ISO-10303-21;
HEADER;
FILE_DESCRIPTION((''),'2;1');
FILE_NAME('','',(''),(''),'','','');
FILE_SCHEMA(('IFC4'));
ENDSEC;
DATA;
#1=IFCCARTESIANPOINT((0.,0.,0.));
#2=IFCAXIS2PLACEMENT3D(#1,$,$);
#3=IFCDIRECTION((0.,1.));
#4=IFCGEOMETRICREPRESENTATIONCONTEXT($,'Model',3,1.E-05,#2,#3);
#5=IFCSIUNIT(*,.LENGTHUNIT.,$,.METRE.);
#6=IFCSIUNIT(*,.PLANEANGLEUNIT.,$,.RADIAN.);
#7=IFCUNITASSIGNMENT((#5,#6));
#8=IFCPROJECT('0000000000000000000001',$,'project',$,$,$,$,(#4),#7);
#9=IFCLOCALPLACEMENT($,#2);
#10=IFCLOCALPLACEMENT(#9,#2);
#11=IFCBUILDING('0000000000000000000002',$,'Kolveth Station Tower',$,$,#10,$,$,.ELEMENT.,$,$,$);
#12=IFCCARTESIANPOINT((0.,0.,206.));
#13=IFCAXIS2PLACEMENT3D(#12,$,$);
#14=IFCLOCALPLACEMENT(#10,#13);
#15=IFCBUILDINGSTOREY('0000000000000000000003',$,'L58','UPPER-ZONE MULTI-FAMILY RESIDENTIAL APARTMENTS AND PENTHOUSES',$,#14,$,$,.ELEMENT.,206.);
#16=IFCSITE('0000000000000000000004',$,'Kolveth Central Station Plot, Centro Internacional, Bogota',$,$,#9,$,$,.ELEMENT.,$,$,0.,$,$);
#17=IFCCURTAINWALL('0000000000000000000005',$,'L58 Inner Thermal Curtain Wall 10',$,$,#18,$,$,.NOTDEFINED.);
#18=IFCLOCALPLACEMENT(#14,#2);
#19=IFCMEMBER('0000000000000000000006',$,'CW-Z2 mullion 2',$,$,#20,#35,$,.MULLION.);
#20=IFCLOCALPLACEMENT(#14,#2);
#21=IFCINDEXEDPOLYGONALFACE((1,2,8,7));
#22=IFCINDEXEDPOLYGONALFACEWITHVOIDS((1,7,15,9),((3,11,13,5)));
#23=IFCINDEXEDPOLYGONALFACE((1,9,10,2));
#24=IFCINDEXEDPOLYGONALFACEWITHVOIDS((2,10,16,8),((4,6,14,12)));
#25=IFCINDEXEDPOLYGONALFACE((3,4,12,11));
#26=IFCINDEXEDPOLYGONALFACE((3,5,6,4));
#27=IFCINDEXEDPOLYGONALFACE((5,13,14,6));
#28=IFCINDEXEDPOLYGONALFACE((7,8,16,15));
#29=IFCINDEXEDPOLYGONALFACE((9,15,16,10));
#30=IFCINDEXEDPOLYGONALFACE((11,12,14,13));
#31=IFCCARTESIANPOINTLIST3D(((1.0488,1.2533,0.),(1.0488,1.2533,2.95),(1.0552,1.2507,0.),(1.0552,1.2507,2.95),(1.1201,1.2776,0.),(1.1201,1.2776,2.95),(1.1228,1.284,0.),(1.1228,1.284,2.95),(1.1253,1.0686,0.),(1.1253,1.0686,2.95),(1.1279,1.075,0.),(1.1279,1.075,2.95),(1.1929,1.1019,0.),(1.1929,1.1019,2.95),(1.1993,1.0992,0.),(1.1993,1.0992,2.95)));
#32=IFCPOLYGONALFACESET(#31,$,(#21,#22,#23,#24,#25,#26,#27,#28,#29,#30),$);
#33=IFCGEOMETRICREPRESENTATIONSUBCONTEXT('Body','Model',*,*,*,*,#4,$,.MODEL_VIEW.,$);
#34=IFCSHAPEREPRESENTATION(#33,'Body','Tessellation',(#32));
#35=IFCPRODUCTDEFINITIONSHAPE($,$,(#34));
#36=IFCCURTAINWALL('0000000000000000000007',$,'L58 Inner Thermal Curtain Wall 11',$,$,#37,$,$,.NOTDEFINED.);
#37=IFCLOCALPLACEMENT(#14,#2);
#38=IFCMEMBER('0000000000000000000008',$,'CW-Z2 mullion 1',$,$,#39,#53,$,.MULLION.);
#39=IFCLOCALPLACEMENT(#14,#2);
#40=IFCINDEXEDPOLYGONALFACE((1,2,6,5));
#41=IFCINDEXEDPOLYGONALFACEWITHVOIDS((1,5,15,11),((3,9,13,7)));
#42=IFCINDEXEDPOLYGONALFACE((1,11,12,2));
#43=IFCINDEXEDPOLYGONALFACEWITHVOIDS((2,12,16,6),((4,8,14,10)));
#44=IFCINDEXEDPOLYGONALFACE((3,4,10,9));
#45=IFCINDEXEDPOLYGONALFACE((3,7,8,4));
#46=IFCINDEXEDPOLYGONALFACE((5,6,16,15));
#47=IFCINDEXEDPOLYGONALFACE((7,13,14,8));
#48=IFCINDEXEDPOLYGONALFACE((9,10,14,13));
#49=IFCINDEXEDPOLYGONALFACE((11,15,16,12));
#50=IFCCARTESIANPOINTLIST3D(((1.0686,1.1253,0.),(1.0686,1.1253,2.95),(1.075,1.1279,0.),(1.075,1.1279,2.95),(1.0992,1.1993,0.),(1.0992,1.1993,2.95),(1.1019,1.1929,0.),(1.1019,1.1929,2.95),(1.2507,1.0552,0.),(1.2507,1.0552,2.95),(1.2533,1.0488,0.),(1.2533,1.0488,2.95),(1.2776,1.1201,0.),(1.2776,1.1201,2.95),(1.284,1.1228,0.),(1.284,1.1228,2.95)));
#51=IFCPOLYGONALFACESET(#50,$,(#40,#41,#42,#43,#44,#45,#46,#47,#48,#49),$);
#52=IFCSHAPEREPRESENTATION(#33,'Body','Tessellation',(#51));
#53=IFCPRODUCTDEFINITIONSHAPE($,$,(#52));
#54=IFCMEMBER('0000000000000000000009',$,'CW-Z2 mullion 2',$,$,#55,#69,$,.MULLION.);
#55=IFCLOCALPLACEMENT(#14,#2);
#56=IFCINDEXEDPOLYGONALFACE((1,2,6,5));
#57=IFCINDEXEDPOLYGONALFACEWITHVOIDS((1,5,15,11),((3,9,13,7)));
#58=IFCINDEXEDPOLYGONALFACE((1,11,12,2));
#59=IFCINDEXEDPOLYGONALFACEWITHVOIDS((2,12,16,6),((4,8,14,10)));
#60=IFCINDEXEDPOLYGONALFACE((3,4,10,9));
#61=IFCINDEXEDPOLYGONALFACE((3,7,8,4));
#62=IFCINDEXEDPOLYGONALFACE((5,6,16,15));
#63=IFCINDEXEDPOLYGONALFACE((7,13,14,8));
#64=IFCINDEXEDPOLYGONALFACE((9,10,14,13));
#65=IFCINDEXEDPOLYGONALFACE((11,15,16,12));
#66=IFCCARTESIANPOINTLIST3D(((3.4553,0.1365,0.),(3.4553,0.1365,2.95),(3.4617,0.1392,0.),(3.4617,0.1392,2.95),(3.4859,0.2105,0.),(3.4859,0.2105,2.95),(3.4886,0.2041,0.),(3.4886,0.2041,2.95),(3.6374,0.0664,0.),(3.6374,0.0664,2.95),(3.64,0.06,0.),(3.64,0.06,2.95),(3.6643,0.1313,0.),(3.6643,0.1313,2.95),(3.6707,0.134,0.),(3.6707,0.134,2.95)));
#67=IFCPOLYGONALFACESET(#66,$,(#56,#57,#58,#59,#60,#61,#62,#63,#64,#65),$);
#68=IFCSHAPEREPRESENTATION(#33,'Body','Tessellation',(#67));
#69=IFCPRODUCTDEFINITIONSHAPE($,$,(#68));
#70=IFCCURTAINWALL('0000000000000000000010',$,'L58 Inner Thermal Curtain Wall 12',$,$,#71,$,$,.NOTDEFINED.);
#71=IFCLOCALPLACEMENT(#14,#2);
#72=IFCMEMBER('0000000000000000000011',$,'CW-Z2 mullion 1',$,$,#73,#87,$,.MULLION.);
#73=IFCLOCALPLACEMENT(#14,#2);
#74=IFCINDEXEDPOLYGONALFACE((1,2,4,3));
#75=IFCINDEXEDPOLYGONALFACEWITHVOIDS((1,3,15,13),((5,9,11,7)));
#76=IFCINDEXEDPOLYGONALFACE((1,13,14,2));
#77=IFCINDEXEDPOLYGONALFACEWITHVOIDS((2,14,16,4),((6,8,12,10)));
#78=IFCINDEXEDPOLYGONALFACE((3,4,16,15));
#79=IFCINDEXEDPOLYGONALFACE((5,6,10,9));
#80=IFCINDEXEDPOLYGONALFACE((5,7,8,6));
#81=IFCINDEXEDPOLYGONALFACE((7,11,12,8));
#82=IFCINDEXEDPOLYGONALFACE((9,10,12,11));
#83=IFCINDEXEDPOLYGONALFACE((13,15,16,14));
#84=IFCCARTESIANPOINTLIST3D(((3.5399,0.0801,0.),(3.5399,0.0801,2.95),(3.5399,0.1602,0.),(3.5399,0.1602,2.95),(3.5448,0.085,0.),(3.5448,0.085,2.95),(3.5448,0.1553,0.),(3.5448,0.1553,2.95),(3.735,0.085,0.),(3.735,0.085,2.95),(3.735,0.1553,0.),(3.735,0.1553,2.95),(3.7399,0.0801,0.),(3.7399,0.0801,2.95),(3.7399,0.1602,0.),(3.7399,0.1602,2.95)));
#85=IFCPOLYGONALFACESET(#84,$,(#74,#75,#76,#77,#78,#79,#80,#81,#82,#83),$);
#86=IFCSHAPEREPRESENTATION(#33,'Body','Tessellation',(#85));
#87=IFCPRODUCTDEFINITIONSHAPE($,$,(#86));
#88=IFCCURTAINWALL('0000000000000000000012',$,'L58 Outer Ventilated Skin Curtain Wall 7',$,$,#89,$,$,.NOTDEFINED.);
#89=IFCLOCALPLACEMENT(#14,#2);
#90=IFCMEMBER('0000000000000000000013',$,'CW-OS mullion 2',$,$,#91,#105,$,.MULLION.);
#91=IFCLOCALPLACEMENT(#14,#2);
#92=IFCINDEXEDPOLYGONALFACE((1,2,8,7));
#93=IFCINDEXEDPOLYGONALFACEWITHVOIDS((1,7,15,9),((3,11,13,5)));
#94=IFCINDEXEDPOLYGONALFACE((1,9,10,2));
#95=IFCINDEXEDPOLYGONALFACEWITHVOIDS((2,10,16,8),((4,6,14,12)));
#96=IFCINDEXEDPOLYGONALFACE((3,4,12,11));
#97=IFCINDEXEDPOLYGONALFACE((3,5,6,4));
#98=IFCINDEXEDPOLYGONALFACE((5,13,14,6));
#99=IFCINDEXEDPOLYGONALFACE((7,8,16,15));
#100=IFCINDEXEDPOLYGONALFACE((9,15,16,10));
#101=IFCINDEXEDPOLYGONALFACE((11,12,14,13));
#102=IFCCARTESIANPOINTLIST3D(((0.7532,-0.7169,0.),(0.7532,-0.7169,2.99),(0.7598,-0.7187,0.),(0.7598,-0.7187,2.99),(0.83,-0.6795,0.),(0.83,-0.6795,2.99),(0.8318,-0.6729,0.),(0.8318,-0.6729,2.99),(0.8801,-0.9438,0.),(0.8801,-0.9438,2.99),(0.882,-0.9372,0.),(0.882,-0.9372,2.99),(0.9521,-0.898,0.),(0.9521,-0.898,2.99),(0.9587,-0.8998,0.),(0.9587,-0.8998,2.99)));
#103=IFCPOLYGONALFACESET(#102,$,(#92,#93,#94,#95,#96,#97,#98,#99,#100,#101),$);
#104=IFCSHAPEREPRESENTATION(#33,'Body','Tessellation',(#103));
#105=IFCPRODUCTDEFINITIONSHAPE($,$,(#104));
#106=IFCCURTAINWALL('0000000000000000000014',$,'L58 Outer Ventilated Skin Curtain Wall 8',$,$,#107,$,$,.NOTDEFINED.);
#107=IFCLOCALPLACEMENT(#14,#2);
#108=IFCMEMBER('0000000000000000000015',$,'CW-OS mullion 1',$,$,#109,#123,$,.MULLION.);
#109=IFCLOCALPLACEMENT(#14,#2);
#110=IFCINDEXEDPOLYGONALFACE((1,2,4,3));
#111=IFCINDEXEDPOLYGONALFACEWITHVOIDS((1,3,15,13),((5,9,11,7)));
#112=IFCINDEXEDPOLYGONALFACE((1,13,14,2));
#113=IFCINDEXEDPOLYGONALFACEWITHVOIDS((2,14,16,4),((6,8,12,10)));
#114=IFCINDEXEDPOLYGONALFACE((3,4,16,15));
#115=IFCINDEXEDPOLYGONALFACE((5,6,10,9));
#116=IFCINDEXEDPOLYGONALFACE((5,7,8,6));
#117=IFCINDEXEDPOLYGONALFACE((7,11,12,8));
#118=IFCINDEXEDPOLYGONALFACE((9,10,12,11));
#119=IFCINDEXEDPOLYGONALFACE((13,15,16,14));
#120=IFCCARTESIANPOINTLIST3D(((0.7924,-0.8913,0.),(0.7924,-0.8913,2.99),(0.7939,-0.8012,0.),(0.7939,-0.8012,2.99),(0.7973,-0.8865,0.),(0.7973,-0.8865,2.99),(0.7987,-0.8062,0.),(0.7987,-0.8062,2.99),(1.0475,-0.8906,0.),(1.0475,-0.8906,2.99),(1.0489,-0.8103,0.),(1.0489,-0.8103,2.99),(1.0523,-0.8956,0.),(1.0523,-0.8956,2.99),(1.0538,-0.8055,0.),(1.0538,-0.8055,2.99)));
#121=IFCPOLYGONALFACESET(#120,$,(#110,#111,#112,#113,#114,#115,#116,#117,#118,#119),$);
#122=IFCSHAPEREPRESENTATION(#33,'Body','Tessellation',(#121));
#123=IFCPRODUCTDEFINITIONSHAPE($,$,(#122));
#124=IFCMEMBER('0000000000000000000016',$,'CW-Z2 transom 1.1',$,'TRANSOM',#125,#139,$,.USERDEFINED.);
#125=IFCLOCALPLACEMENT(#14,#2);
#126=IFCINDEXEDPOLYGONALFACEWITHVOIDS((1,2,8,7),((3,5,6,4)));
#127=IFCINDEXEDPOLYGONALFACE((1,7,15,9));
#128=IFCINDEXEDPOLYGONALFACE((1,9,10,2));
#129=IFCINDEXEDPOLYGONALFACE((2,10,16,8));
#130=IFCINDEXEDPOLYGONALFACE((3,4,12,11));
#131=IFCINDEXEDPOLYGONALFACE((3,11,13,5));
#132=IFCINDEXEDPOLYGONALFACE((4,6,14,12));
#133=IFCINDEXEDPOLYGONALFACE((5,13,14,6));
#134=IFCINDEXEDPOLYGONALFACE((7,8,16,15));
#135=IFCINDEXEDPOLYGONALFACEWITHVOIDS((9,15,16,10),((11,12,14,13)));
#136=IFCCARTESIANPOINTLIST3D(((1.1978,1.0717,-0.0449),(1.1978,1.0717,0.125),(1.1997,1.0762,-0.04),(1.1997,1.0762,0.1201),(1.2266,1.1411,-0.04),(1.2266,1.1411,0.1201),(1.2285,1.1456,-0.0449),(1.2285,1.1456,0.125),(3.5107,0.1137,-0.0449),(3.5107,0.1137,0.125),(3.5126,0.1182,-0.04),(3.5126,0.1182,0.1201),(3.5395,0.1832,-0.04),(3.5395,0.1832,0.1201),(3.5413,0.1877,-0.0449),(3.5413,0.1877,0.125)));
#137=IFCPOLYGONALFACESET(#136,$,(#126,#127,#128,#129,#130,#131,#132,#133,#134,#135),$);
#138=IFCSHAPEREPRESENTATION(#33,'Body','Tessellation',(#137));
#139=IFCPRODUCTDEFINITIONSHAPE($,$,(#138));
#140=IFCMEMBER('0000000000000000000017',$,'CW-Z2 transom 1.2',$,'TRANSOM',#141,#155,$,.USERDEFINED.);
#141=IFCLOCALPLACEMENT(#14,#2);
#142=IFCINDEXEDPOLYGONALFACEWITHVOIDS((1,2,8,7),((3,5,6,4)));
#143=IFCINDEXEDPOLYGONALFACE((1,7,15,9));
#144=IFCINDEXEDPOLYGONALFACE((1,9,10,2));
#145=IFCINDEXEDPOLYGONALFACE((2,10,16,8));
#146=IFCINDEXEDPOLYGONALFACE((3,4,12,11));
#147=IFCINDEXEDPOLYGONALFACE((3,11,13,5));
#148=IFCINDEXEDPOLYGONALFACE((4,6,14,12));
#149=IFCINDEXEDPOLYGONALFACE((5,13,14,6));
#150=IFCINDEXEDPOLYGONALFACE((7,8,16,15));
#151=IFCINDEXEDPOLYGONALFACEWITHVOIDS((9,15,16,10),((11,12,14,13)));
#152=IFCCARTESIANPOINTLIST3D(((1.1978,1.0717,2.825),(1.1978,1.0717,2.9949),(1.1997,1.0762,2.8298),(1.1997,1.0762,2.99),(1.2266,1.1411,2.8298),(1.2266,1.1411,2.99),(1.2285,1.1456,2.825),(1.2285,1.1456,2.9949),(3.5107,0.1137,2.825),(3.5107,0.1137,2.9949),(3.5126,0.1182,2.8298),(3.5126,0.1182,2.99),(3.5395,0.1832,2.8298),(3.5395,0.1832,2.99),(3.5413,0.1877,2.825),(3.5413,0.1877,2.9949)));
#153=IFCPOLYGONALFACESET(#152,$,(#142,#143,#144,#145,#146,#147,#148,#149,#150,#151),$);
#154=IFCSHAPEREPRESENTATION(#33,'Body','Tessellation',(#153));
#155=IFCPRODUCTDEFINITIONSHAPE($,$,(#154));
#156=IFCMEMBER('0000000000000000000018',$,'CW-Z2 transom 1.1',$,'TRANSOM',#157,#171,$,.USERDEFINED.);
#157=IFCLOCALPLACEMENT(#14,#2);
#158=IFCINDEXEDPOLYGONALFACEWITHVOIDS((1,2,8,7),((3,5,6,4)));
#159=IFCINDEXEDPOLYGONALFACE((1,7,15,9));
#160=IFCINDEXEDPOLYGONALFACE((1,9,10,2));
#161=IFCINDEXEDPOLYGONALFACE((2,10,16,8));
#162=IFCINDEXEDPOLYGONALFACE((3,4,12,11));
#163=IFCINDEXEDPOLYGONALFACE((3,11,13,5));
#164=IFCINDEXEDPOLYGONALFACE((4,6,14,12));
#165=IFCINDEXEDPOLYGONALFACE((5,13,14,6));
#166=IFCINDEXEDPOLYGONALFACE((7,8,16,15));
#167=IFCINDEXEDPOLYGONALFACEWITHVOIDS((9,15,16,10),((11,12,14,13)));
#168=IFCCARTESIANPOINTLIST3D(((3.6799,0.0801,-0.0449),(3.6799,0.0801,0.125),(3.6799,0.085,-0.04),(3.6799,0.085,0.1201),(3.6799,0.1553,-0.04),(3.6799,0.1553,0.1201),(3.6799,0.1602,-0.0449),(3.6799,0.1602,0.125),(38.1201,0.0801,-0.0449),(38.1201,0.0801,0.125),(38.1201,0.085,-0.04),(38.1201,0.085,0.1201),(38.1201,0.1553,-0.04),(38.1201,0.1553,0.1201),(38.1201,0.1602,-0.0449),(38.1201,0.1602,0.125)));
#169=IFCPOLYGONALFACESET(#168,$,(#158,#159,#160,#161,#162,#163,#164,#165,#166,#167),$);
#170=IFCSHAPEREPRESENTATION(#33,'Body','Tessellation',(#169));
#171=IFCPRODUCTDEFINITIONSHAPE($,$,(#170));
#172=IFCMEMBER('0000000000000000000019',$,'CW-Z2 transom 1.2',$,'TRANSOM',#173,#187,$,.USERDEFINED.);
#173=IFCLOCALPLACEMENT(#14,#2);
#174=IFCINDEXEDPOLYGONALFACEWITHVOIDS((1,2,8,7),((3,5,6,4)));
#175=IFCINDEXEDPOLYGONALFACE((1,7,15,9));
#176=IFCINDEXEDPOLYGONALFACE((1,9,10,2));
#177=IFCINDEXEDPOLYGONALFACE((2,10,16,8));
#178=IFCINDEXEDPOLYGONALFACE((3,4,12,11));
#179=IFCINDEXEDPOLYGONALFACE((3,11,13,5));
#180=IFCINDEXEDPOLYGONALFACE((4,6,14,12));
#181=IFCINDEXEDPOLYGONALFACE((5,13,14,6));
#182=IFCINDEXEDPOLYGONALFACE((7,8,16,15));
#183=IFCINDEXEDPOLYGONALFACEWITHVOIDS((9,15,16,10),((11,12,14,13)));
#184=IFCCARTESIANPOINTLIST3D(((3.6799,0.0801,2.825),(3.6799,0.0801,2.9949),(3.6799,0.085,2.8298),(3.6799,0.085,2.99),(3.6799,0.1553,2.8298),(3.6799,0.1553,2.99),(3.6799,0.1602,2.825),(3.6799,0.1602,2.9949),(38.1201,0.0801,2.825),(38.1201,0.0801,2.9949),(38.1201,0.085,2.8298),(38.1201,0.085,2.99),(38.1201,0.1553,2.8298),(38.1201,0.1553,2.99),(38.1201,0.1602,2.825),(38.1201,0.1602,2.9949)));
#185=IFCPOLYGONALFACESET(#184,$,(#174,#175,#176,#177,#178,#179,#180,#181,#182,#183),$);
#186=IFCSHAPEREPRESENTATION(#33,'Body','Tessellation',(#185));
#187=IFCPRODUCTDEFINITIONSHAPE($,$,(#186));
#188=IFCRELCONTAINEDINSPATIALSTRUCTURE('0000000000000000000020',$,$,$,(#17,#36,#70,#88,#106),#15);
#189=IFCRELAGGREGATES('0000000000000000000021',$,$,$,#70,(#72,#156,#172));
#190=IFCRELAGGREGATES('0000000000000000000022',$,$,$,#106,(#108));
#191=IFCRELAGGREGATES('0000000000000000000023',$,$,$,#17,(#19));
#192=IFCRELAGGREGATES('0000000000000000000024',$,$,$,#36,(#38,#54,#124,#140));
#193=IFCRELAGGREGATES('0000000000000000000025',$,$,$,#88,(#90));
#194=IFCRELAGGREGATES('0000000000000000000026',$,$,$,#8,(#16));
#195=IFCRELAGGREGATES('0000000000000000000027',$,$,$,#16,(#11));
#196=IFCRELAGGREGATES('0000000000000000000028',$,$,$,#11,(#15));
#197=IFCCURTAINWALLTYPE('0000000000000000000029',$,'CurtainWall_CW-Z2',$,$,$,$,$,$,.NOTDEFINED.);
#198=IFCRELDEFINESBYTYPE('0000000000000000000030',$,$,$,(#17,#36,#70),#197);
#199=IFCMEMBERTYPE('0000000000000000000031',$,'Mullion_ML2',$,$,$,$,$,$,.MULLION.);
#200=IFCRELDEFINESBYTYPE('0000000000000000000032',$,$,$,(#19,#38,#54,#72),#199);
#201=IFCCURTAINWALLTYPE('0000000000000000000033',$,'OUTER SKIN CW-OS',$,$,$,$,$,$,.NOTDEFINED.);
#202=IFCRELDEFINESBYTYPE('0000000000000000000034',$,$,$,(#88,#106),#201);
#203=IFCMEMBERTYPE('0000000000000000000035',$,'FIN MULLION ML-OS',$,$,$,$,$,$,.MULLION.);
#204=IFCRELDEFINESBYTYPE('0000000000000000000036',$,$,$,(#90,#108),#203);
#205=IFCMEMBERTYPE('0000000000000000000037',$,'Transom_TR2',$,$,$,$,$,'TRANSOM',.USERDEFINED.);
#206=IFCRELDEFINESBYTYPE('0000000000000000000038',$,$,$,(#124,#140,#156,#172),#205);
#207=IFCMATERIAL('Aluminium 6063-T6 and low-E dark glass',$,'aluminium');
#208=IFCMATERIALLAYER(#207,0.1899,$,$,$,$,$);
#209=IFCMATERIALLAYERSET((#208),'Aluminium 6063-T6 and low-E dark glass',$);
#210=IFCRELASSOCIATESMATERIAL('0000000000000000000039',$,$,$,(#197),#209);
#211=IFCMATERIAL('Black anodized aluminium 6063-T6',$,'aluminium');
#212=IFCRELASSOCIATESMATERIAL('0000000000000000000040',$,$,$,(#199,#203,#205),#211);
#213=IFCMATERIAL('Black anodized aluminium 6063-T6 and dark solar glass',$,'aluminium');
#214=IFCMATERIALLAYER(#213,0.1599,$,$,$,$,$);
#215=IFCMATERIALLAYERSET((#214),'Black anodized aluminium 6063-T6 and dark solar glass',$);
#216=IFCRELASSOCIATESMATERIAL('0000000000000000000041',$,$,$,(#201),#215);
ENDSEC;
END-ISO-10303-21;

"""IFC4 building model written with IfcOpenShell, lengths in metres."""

from ifc_helpers import new_model, si_unit, direction, frame, origin, origin_2d, place, context, subcontext, project, spatial, hollow_rectangle, extrude, source, transform, mapped, material, layer, layer_set, material_profile, profile_set, type_object, element, aggregate, save


model = new_model("IFC4")

# Units and contexts
model_context = context("Model", 3, precision=1e-05, world=origin(), true_north=direction((0.0, 1.0)))
body_context = subcontext(model_context, "Body", "Model", "MODEL_VIEW")
ifc_project = project(units=[si_unit("LENGTHUNIT", "METRE"), si_unit("PLANEANGLEUNIT", "RADIAN")], contexts=[model_context])

# Site, building, storey
site_placement = place(None, origin())
site = spatial("IfcSite", under=ifc_project, at=site_placement, Name="Kolveth Central Station Plot, Centro Internacional, Bogota", CompositionType="ELEMENT", RefElevation=0.0)
building_placement = place(site_placement, origin())
building = spatial("IfcBuilding", under=site, at=building_placement, Name="Kolveth Station Tower", CompositionType="ELEMENT")
storey_placement = place(building_placement, frame((0.0, 0.0, 206.0)))
storey = spatial("IfcBuildingStorey", under=building, at=storey_placement, Name="L58", Description="UPPER-ZONE MULTI-FAMILY RESIDENTIAL APARTMENTS AND PENTHOUSES", CompositionType="ELEMENT", Elevation=206.0)

# Curtain wall, member
ifc_material_1 = material(Name="Aluminium 6063-T6 and low-E dark glass", Category="aluminium")
ifc_layer_1 = layer(ifc_material_1, 0.1899)
ifc_layer_set_1 = layer_set([ifc_layer_1], Name="Aluminium 6063-T6 and low-E dark glass")
curtain_wall_type_1 = type_object("IfcCurtainWallType", Name="CurtainWall_CW-Z2", PredefinedType="NOTDEFINED", material=ifc_layer_set_1)
curtain_wall_1_placement = place(storey_placement, origin())
curtain_wall_1 = element("IfcCurtainWall", 1, at=curtain_wall_1_placement, inside=storey, type_object=curtain_wall_type_1, Name="L58 Inner Thermal Curtain Wall 10", PredefinedType="NOTDEFINED")
ifc_material_2 = material(Name="Black anodized aluminium 6063-T6", Category="aluminium")
ifc_material_profile_1 = material_profile(ifc_material_2, hollow_rectangle(XDim=0.0801, YDim=0.2, WallThickness=0.0049, at=origin_2d()), Name="ALU-80x200x5")
ifc_profile_set_1 = profile_set([ifc_material_profile_1], Name="Black anodized aluminium 6063-T6")
member_type_1 = type_object("IfcMemberType", Name="Mullion_ML2", PredefinedType="MULLION", material=ifc_profile_set_1)
shared_shape_1 = source(origin(), body_context, "Body", "SweptSolid", [
    extrude(hollow_rectangle(XDim=0.0801, YDim=0.2, WallThickness=0.0049, at=origin_2d()), origin(), (0.0, 0.0, 1.0), 2.95),
])
member_1_placement = place(storey_placement, frame((1.124, 1.1763, 0.0), z_axis=(0.0, 0.0, 1.0), x_axis=(0.923874, 0.382698, 0.0)))
member_1 = element("IfcMember", 2, at=member_1_placement, type_object=member_type_1, Name="CW-Z2 mullion 2", PredefinedType="MULLION", context=body_context, shape_type="MappedRepresentation", body=[
    mapped(shared_shape_1, transform((0.0, 0.0, 0.0), x_axis=(1.0, 0.0, 0.0), y_axis=(0.0, 1.0, 0.0), z_axis=(0.0, 0.0, 1.0), scale=1.0)),
])

# Curtain wall, members
curtain_wall_2_placement = place(storey_placement, origin())
curtain_wall_2 = element("IfcCurtainWall", 3, at=curtain_wall_2_placement, inside=storey, type_object=curtain_wall_type_1, Name="L58 Inner Thermal Curtain Wall 11", PredefinedType="NOTDEFINED")
member_2_placement = place(storey_placement, frame((1.1763, 1.124, 0.0), z_axis=(0.0, 0.0, 1.0), x_axis=(0.382698, 0.923874, 0.0)))
member_2 = element("IfcMember", 4, at=member_2_placement, type_object=member_type_1, Name="CW-Z2 mullion 1", PredefinedType="MULLION", context=body_context, shape_type="MappedRepresentation", body=[
    mapped(shared_shape_1, transform((0.0, 0.0, 0.0), x_axis=(1.0, 0.0, 0.0), y_axis=(0.0, 1.0, 0.0), z_axis=(0.0, 0.0, 1.0), scale=1.0)),
])
member_3_placement = place(storey_placement, frame((3.563, 0.1353, 0.0), z_axis=(0.0, 0.0, 1.0), x_axis=(0.382698, 0.923874, 0.0)))
member_3 = element("IfcMember", 5, at=member_3_placement, type_object=member_type_1, Name="CW-Z2 mullion 2", PredefinedType="MULLION", context=body_context, shape_type="MappedRepresentation", body=[
    mapped(shared_shape_1, transform((0.0, 0.0, 0.0), x_axis=(1.0, 0.0, 0.0), y_axis=(0.0, 1.0, 0.0), z_axis=(0.0, 0.0, 1.0), scale=1.0)),
])

# Curtain walls, members
curtain_wall_3_placement = place(storey_placement, origin())
curtain_wall_3 = element("IfcCurtainWall", 6, at=curtain_wall_3_placement, inside=storey, type_object=curtain_wall_type_1, Name="L58 Inner Thermal Curtain Wall 12", PredefinedType="NOTDEFINED")
member_4_placement = place(storey_placement, frame((3.6399, 0.1201, 0.0), z_axis=(0.0, 0.0, 1.0), x_axis=(0.0, 1.0, 0.0)))
member_4 = element("IfcMember", 7, at=member_4_placement, type_object=member_type_1, Name="CW-Z2 mullion 1", PredefinedType="MULLION", context=body_context, shape_type="MappedRepresentation", body=[
    mapped(shared_shape_1, transform((0.0, 0.0, 0.0), x_axis=(1.0, 0.0, 0.0), y_axis=(0.0, 1.0, 0.0), z_axis=(0.0, 0.0, 1.0), scale=1.0)),
])
ifc_material_3 = material(Name="Black anodized aluminium 6063-T6 and dark solar glass", Category="aluminium")
ifc_layer_2 = layer(ifc_material_3, 0.1599)
ifc_layer_set_2 = layer_set([ifc_layer_2], Name="Black anodized aluminium 6063-T6 and dark solar glass")
curtain_wall_type_2 = type_object("IfcCurtainWallType", Name="OUTER SKIN CW-OS", PredefinedType="NOTDEFINED", material=ifc_layer_set_2)
curtain_wall_4_placement = place(storey_placement, origin())
curtain_wall_4 = element("IfcCurtainWall", 8, at=curtain_wall_4_placement, inside=storey, type_object=curtain_wall_type_2, Name="L58 Outer Ventilated Skin Curtain Wall 7", PredefinedType="NOTDEFINED")
ifc_material_profile_2 = material_profile(ifc_material_2, hollow_rectangle(XDim=0.0901, YDim=0.26, WallThickness=0.0049, at=origin_2d()), Name="ALU-90x260x5")
ifc_profile_set_2 = profile_set([ifc_material_profile_2], Name="Black anodized aluminium 6063-T6")
member_type_2 = type_object("IfcMemberType", Name="FIN MULLION ML-OS", PredefinedType="MULLION", material=ifc_profile_set_2)
shared_shape_2 = source(origin(), body_context, "Body", "SweptSolid", [
    extrude(hollow_rectangle(XDim=0.0901, YDim=0.26, WallThickness=0.0049, at=origin_2d()), origin(), (0.0, 0.0, 1.0), 2.99),
])
member_5_placement = place(storey_placement, frame((0.856, -0.8083, 0.0), z_axis=(0.0, 0.0, 1.0), x_axis=(0.872875, 0.487943, 0.0)))
member_5 = element("IfcMember", 9, at=member_5_placement, type_object=member_type_2, Name="CW-OS mullion 2", PredefinedType="MULLION", context=body_context, shape_type="MappedRepresentation", body=[
    mapped(shared_shape_2, transform((0.0, 0.0, 0.0), x_axis=(1.0, 0.0, 0.0), y_axis=(0.0, 1.0, 0.0), z_axis=(0.0, 0.0, 1.0), scale=1.0)),
])
curtain_wall_5_placement = place(storey_placement, origin())
curtain_wall_5 = element("IfcCurtainWall", 10, at=curtain_wall_5_placement, inside=storey, type_object=curtain_wall_type_2, Name="L58 Outer Ventilated Skin Curtain Wall 8", PredefinedType="NOTDEFINED")
member_6_placement = place(storey_placement, frame((0.9231, -0.8484, 0.0), z_axis=(0.0, 0.0, 1.0), x_axis=(0.016541, 0.999863, 0.0)))
member_6 = element("IfcMember", 11, at=member_6_placement, type_object=member_type_2, Name="CW-OS mullion 1", PredefinedType="MULLION", context=body_context, shape_type="MappedRepresentation", body=[
    mapped(shared_shape_2, transform((0.0, 0.0, 0.0), x_axis=(1.0, 0.0, 0.0), y_axis=(0.0, 1.0, 0.0), z_axis=(0.0, 0.0, 1.0), scale=1.0)),
])

# Members
ifc_material_profile_3 = material_profile(ifc_material_2, hollow_rectangle(XDim=0.0801, YDim=0.1699, WallThickness=0.0049, at=origin_2d()), Name="ALU-80x170x5")
ifc_profile_set_3 = profile_set([ifc_material_profile_3], Name="Black anodized aluminium 6063-T6")
member_type_3 = type_object("IfcMemberType", Name="Transom_TR2", ElementType="TRANSOM", PredefinedType="USERDEFINED", material=ifc_profile_set_3)
shared_shape_3 = source(origin(), body_context, "Body", "SweptSolid", [
    extrude(hollow_rectangle(XDim=0.0801, YDim=0.1699, WallThickness=0.0049, at=origin_2d()), origin(), (0.0, 0.0, 1.0), 2.5034),
])
member_7_placement = place(storey_placement, frame((1.2131, 1.1086, 0.04), z_axis=(0.923888, -0.382662, 0.0), x_axis=(0.382662, 0.923888, 0.0)))
member_7 = element("IfcMember", 12, at=member_7_placement, type_object=member_type_3, Name="CW-Z2 transom 1.1", ObjectType="TRANSOM", PredefinedType="USERDEFINED", context=body_context, shape_type="MappedRepresentation", body=[
    mapped(shared_shape_3, transform((0.0, 0.0, 0.0), x_axis=(1.0, 0.0, 0.0), y_axis=(0.0, 1.0, 0.0), z_axis=(0.0, 0.0, 1.0), scale=1.0)),
])
member_8_placement = place(storey_placement, frame((1.2131, 1.1086, 2.9099), z_axis=(0.923888, -0.382662, 0.0), x_axis=(0.382662, 0.923888, 0.0)))
member_8 = element("IfcMember", 13, at=member_8_placement, type_object=member_type_3, Name="CW-Z2 transom 1.2", ObjectType="TRANSOM", PredefinedType="USERDEFINED", context=body_context, shape_type="MappedRepresentation", body=[
    mapped(shared_shape_3, transform((0.0, 0.0, 0.0), x_axis=(1.0, 0.0, 0.0), y_axis=(0.0, 1.0, 0.0), z_axis=(0.0, 0.0, 1.0), scale=1.0)),
])
shared_shape_4 = source(origin(), body_context, "Body", "SweptSolid", [
    extrude(hollow_rectangle(XDim=0.0801, YDim=0.1699, WallThickness=0.0049, at=origin_2d()), origin(), (0.0, 0.0, 1.0), 34.4402),
])
member_9_placement = place(storey_placement, frame((3.6799, 0.1201, 0.04), z_axis=(1.0, 0.0, 0.0), x_axis=(0.0, 1.0, 0.0)))
member_9 = element("IfcMember", 14, at=member_9_placement, type_object=member_type_3, Name="CW-Z2 transom 1.1", ObjectType="TRANSOM", PredefinedType="USERDEFINED", context=body_context, shape_type="MappedRepresentation", body=[
    mapped(shared_shape_4, transform((0.0, 0.0, 0.0), x_axis=(1.0, 0.0, 0.0), y_axis=(0.0, 1.0, 0.0), z_axis=(0.0, 0.0, 1.0), scale=1.0)),
])
member_10_placement = place(storey_placement, frame((3.6799, 0.1201, 2.9099), z_axis=(1.0, 0.0, 0.0), x_axis=(0.0, 1.0, 0.0)))
member_10 = element("IfcMember", 15, at=member_10_placement, type_object=member_type_3, Name="CW-Z2 transom 1.2", ObjectType="TRANSOM", PredefinedType="USERDEFINED", context=body_context, shape_type="MappedRepresentation", body=[
    mapped(shared_shape_4, transform((0.0, 0.0, 0.0), x_axis=(1.0, 0.0, 0.0), y_axis=(0.0, 1.0, 0.0), z_axis=(0.0, 0.0, 1.0), scale=1.0)),
])
aggregate(curtain_wall_3, [member_4, member_9, member_10])
aggregate(curtain_wall_5, [member_6])

aggregate(curtain_wall_1, [member_1])
aggregate(curtain_wall_2, [member_2, member_3, member_7, member_8])
aggregate(curtain_wall_4, [member_5])

save(model, "model.ifc")
